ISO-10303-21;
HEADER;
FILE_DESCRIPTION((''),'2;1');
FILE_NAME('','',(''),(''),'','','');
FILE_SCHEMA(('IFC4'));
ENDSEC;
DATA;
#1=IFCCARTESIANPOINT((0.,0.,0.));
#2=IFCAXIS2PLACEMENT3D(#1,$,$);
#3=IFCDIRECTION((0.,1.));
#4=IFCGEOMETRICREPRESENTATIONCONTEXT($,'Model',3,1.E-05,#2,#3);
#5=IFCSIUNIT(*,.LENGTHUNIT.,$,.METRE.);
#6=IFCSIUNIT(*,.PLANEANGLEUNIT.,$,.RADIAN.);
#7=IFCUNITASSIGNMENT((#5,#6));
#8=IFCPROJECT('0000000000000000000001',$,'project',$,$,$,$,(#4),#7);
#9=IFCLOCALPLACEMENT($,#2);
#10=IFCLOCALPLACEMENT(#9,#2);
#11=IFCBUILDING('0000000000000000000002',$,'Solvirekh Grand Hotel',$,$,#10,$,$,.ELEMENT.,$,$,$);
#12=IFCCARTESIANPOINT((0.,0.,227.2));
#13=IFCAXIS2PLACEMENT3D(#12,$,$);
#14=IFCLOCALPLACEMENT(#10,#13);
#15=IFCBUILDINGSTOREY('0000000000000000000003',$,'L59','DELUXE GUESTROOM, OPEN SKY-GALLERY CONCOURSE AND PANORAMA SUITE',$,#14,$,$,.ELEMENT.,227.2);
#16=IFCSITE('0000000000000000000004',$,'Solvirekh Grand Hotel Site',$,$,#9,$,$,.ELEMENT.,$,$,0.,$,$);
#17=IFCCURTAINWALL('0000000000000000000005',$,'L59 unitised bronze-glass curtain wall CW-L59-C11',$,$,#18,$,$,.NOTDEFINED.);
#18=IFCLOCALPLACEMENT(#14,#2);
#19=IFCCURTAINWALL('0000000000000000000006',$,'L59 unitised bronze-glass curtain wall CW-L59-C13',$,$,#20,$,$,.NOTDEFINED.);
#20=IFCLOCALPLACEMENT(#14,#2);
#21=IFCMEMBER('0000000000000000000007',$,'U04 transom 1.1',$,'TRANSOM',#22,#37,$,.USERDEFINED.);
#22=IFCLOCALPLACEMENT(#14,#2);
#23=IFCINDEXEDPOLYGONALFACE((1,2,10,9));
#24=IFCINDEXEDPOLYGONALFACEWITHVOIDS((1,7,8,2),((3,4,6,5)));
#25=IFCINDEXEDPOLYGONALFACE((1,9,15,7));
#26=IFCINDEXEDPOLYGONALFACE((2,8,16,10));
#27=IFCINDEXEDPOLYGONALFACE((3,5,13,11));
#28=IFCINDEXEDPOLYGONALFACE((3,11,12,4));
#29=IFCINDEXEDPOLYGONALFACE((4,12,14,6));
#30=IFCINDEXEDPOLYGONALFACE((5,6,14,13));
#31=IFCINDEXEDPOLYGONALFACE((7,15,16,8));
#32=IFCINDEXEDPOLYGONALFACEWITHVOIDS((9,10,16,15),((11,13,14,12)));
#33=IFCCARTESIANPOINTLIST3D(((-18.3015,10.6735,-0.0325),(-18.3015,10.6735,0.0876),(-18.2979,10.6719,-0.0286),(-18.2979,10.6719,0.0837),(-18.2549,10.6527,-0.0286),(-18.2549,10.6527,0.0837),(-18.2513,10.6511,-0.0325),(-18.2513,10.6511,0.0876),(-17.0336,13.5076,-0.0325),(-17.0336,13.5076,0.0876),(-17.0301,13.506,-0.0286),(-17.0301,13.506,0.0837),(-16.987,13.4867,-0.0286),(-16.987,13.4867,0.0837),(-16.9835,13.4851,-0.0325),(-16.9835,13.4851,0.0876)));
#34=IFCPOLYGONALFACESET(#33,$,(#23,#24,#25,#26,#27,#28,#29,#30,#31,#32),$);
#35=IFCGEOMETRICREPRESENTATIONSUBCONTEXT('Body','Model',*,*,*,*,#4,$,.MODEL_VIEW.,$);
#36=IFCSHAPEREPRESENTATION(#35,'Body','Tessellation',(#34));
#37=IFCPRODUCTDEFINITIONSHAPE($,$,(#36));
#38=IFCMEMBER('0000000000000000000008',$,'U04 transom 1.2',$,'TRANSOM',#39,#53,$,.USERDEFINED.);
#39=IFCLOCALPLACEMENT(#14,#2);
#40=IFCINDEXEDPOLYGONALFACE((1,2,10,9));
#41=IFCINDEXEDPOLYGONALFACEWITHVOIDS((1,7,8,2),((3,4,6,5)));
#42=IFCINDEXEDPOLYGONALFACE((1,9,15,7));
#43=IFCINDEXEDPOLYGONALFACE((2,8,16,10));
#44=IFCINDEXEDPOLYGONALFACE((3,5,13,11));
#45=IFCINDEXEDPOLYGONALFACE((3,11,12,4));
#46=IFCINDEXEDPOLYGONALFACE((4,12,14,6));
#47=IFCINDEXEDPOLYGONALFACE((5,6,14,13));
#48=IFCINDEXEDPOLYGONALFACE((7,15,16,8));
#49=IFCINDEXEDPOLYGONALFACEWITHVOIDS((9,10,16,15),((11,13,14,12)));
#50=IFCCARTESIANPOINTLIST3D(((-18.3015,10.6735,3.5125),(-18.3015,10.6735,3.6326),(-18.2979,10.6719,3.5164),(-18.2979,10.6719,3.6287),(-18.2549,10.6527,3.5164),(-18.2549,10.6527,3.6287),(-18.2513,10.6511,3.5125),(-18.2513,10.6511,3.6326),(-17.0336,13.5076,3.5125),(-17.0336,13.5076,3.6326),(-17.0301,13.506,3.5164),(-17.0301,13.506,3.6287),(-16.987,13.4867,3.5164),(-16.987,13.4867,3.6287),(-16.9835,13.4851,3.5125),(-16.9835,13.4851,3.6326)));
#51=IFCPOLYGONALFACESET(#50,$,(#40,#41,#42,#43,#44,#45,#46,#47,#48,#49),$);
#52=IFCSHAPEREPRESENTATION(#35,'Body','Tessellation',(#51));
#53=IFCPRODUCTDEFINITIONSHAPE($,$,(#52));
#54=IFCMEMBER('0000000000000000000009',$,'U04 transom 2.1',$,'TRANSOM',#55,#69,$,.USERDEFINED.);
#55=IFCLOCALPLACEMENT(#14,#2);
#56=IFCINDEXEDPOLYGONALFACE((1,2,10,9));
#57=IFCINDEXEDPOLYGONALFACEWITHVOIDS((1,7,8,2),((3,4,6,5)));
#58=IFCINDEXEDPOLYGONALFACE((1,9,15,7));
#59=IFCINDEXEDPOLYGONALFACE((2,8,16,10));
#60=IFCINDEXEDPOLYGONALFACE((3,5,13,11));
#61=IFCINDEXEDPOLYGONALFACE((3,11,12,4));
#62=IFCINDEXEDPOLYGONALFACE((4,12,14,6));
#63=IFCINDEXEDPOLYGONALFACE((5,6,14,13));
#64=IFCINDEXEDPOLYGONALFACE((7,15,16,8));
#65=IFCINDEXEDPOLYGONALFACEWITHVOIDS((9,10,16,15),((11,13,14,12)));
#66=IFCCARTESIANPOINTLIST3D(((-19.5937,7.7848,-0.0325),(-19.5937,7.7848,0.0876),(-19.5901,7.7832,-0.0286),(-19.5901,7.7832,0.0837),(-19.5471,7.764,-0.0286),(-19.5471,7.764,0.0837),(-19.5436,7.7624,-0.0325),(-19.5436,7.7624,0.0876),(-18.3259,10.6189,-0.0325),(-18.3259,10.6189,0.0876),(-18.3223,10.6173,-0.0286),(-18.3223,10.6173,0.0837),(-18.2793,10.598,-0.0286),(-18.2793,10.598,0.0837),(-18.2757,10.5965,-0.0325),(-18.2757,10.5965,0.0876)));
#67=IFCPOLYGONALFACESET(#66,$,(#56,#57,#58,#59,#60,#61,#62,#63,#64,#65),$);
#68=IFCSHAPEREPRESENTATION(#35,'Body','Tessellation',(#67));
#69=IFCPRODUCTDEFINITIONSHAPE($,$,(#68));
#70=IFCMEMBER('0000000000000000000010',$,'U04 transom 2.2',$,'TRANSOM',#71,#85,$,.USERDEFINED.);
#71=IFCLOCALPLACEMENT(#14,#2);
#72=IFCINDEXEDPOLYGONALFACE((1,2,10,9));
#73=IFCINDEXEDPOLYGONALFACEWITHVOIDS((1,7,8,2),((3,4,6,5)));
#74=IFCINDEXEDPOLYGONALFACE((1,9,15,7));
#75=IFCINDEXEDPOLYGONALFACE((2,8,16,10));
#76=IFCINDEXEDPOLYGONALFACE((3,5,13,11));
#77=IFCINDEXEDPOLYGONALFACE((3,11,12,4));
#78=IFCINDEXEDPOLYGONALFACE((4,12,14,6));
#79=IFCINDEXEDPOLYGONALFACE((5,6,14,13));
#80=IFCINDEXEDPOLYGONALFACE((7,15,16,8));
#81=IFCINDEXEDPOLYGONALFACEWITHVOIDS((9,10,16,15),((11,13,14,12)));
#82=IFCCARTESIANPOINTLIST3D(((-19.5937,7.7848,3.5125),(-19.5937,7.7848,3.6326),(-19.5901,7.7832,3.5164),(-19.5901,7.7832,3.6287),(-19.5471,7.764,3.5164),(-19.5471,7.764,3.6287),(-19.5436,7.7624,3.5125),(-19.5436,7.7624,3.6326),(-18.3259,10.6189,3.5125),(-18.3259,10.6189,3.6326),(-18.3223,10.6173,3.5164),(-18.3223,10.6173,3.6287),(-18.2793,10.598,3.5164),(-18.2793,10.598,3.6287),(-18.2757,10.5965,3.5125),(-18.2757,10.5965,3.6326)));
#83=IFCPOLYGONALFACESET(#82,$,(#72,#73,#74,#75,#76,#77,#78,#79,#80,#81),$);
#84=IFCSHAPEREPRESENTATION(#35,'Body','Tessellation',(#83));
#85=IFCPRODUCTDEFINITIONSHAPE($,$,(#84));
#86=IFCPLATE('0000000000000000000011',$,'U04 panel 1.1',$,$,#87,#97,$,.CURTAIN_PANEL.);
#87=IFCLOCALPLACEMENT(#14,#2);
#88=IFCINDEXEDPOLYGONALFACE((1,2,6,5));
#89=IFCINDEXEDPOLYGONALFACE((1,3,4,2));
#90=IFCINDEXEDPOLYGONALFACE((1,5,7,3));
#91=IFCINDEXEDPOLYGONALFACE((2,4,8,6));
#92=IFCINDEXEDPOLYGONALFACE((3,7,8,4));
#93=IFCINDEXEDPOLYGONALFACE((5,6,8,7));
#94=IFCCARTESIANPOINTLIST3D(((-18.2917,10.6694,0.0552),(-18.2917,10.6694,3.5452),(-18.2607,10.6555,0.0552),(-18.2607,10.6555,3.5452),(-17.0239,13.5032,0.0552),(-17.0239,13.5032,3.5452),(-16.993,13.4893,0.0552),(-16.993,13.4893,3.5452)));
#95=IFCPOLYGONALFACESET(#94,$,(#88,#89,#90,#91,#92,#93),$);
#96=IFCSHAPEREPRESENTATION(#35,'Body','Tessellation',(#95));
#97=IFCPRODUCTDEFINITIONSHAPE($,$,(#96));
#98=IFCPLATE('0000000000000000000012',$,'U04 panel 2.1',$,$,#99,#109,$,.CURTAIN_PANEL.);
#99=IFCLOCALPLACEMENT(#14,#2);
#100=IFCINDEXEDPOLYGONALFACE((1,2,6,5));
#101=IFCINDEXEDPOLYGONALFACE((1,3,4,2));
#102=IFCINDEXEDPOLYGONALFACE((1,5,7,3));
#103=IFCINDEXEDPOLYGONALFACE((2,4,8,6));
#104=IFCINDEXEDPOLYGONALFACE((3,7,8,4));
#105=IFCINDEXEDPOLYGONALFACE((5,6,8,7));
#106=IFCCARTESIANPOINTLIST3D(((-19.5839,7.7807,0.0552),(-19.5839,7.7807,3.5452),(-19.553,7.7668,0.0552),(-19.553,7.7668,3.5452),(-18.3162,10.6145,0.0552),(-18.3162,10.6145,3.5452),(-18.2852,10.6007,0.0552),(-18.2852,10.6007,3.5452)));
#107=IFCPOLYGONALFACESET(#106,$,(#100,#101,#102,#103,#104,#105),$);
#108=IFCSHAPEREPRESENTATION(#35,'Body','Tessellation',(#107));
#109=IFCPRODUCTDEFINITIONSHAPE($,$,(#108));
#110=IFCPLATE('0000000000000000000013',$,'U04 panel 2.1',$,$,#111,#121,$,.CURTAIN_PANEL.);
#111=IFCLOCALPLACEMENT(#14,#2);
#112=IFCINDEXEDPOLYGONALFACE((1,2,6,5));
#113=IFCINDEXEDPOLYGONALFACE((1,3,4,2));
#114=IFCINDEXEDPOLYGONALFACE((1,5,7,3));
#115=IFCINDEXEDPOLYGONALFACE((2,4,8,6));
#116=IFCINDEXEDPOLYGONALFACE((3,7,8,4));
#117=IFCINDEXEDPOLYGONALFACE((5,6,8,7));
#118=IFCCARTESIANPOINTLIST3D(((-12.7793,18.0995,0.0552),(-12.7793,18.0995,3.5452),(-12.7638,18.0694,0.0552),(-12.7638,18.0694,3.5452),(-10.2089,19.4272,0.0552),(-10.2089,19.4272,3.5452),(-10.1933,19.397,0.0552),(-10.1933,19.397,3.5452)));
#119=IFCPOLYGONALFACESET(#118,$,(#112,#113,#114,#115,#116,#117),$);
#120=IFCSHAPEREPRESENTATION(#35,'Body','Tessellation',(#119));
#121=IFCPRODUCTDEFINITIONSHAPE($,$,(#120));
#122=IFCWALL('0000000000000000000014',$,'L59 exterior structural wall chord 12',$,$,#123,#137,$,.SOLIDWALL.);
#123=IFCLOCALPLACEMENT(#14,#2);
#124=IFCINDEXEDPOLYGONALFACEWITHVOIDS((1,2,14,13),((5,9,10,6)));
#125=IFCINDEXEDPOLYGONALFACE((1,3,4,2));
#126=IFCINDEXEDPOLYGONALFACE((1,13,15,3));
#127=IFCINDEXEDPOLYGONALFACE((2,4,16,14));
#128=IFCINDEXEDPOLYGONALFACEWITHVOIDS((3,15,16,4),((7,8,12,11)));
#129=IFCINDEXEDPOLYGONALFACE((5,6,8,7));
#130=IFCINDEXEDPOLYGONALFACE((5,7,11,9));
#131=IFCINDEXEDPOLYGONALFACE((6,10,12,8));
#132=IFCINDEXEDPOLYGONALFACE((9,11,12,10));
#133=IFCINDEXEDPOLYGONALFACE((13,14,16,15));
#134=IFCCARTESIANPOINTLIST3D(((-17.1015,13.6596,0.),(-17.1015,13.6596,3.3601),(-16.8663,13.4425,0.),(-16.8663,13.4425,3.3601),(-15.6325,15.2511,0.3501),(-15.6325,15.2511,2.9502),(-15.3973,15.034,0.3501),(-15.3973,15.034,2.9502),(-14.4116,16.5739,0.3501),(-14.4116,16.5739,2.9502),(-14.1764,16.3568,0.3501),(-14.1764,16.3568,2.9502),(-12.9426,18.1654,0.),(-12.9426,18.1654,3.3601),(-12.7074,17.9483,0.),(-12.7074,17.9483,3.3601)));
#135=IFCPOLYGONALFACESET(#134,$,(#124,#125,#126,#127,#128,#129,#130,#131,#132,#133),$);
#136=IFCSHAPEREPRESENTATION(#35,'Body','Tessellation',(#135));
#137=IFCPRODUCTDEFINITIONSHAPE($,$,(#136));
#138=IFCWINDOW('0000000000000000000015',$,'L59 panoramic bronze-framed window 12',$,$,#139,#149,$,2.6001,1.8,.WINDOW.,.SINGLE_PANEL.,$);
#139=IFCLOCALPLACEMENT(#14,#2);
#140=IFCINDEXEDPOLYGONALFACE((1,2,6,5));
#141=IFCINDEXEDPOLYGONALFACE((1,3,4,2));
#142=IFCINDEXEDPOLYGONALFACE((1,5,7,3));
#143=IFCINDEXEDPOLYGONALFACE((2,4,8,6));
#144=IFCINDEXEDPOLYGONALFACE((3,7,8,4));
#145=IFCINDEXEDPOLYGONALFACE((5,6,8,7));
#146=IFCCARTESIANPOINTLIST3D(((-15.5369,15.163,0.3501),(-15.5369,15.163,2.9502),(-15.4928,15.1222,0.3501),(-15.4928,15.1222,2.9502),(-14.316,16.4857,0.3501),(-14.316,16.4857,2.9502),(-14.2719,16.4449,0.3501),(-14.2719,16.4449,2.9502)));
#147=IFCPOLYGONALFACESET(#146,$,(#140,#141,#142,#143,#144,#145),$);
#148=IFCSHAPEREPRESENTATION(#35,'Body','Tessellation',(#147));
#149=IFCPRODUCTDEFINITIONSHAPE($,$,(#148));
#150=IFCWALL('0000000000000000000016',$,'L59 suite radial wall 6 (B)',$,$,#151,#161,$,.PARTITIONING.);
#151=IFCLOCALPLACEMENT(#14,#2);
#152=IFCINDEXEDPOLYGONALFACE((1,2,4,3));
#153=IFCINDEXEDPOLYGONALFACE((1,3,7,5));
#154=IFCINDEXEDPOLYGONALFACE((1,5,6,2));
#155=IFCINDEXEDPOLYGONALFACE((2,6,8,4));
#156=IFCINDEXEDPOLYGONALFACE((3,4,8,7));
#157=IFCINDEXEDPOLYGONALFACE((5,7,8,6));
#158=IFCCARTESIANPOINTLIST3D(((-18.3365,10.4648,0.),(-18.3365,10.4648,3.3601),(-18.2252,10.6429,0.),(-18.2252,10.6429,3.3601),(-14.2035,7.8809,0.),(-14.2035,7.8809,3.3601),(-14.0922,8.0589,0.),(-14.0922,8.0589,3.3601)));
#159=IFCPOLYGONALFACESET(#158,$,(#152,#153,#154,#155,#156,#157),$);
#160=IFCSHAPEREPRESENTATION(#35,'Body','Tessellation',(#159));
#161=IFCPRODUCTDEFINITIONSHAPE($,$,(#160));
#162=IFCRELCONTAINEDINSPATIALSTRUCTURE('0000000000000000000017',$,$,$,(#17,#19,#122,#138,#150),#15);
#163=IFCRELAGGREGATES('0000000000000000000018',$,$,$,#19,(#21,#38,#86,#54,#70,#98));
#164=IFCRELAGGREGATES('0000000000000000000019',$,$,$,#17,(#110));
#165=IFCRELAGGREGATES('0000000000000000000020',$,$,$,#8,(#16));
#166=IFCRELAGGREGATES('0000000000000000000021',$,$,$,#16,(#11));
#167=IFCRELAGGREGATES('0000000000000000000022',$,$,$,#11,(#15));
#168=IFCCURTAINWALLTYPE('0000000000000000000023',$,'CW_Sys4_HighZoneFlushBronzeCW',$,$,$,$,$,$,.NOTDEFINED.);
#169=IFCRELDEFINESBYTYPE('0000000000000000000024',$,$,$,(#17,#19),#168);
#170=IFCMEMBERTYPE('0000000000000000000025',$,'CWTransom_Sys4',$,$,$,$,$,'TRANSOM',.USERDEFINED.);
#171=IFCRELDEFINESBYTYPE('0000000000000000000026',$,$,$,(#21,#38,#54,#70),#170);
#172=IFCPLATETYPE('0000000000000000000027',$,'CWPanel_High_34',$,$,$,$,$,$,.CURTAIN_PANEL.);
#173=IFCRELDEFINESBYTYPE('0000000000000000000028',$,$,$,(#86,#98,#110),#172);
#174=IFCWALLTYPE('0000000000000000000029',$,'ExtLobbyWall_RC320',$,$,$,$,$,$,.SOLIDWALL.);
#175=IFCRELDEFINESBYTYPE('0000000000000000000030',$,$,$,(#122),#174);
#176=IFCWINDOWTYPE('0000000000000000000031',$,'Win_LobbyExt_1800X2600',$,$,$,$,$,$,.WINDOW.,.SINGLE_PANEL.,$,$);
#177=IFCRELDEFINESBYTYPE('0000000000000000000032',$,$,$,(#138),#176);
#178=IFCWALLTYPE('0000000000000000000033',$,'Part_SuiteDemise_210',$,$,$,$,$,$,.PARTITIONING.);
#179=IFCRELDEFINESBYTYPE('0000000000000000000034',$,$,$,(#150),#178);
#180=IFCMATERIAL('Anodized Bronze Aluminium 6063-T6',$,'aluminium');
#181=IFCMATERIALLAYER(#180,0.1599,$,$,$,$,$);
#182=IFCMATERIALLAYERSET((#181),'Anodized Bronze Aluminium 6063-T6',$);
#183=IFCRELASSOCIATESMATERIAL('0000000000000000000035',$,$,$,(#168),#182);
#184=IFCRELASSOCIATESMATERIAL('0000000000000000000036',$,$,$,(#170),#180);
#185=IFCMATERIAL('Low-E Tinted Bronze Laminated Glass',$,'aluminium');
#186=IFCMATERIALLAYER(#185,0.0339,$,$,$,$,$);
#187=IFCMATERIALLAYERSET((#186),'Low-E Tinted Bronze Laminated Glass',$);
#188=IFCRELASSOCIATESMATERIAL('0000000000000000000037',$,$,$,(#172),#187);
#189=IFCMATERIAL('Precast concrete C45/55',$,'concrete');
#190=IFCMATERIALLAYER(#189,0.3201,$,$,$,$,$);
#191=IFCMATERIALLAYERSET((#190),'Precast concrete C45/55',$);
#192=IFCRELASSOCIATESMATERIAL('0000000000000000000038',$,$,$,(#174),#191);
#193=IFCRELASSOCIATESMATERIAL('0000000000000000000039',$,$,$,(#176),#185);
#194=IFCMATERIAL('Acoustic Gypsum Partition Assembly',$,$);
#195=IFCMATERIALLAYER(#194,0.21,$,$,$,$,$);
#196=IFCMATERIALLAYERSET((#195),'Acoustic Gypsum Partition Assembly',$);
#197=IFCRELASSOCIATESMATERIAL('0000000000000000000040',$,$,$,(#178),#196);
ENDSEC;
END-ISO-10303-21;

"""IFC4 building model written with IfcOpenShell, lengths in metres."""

from ifc_helpers import new_model, si_unit, direction, frame, frame_2d, origin, origin_2d, place, context, subcontext, project, spatial, rectangle, hollow_rectangle, extrude, source, transform, mapped, material, layer, layer_set, material_profile, profile_set, type_object, element, fill, aggregate, save


model = new_model("IFC4")

# Units and contexts
model_context = context("Model", 3, precision=1e-05, world=origin(), true_north=direction((0.0, 1.0)))
body_context = subcontext(model_context, "Body", "Model", "MODEL_VIEW")
ifc_project = project(units=[si_unit("LENGTHUNIT", "METRE"), si_unit("PLANEANGLEUNIT", "RADIAN")], contexts=[model_context])

# Site, building, storey
site_placement = place(None, origin())
site = spatial("IfcSite", under=ifc_project, at=site_placement, Name="Solvirekh Grand Hotel Site", CompositionType="ELEMENT", RefElevation=0.0)
building_placement = place(site_placement, origin())
building = spatial("IfcBuilding", under=site, at=building_placement, Name="Solvirekh Grand Hotel", CompositionType="ELEMENT")
storey_placement = place(building_placement, frame((0.0, 0.0, 227.2)))
storey = spatial("IfcBuildingStorey", under=building, at=storey_placement, Name="L59", Description="DELUXE GUESTROOM, OPEN SKY-GALLERY CONCOURSE AND PANORAMA SUITE", CompositionType="ELEMENT", Elevation=227.2)

# Curtain wall
ifc_material_1 = material(Name="Anodized Bronze Aluminium 6063-T6", Category="aluminium")
ifc_layer_1 = layer(ifc_material_1, 0.1599)
ifc_layer_set_1 = layer_set([ifc_layer_1], Name="Anodized Bronze Aluminium 6063-T6")
curtain_wall_type = type_object("IfcCurtainWallType", Name="CW_Sys4_HighZoneFlushBronzeCW", PredefinedType="NOTDEFINED", material=ifc_layer_set_1)
curtain_wall_1_placement = place(storey_placement, origin())
curtain_wall_1 = element("IfcCurtainWall", 1, at=curtain_wall_1_placement, inside=storey, type_object=curtain_wall_type, Name="L59 unitised bronze-glass curtain wall CW-L59-C11", PredefinedType="NOTDEFINED")

# Curtain wall
curtain_wall_2_placement = place(storey_placement, origin())
curtain_wall_2 = element("IfcCurtainWall", 2, at=curtain_wall_2_placement, inside=storey, type_object=curtain_wall_type, Name="L59 unitised bronze-glass curtain wall CW-L59-C13", PredefinedType="NOTDEFINED")

# Members
ifc_material_profile_1 = material_profile(ifc_material_1, hollow_rectangle(XDim=0.0549, YDim=0.1201, WallThickness=0.0039, at=origin_2d()), Name="ALU RHS 120X55X4")
ifc_profile_set_1 = profile_set([ifc_material_profile_1], Name="Anodized Bronze Aluminium 6063-T6")
member_type_1 = type_object("IfcMemberType", Name="CWTransom_Sys4", ElementType="TRANSOM", PredefinedType="USERDEFINED", material=ifc_profile_set_1)
shared_shape_1 = source(origin(), body_context, "Body", "SweptSolid", [
    extrude(hollow_rectangle(XDim=0.0549, YDim=0.1201, WallThickness=0.0039, at=origin_2d()), origin(), (0.0, 0.0, 1.0), 3.1047),
])
member_1_placement = place(storey_placement, frame((-17.0085, 13.4963, 0.0276), z_axis=(-0.408363, -0.91282, 0.0), x_axis=(0.91282, -0.408363, 0.0)))
member_1 = element("IfcMember", 3, at=member_1_placement, type_object=member_type_1, Name="U04 transom 1.1", ObjectType="TRANSOM", PredefinedType="USERDEFINED", context=body_context, shape_type="MappedRepresentation", body=[
    mapped(shared_shape_1, transform((0.0, 0.0, 0.0), x_axis=(1.0, 0.0, 0.0), y_axis=(0.0, 1.0, 0.0), z_axis=(0.0, 0.0, 1.0), scale=1.0)),
])
member_2_placement = place(storey_placement, frame((-17.0085, 13.4963, 3.5725), z_axis=(-0.408363, -0.91282, 0.0), x_axis=(0.91282, -0.408363, 0.0)))
member_2 = element("IfcMember", 4, at=member_2_placement, type_object=member_type_1, Name="U04 transom 1.2", ObjectType="TRANSOM", PredefinedType="USERDEFINED", context=body_context, shape_type="MappedRepresentation", body=[
    mapped(shared_shape_1, transform((0.0, 0.0, 0.0), x_axis=(1.0, 0.0, 0.0), y_axis=(0.0, 1.0, 0.0), z_axis=(0.0, 0.0, 1.0), scale=1.0)),
])
member_3_placement = place(storey_placement, frame((-18.3008, 10.6077, 0.0276), z_axis=(-0.408363, -0.91282, 0.0), x_axis=(0.91282, -0.408363, 0.0)))
member_3 = element("IfcMember", 5, at=member_3_placement, type_object=member_type_1, Name="U04 transom 2.1", ObjectType="TRANSOM", PredefinedType="USERDEFINED", context=body_context, shape_type="MappedRepresentation", body=[
    mapped(shared_shape_1, transform((0.0, 0.0, 0.0), x_axis=(1.0, 0.0, 0.0), y_axis=(0.0, 1.0, 0.0), z_axis=(0.0, 0.0, 1.0), scale=1.0)),
])
member_4_placement = place(storey_placement, frame((-18.3008, 10.6077, 3.5725), z_axis=(-0.408363, -0.91282, 0.0), x_axis=(0.91282, -0.408363, 0.0)))
member_4 = element("IfcMember", 6, at=member_4_placement, type_object=member_type_1, Name="U04 transom 2.2", ObjectType="TRANSOM", PredefinedType="USERDEFINED", context=body_context, shape_type="MappedRepresentation", body=[
    mapped(shared_shape_1, transform((0.0, 0.0, 0.0), x_axis=(1.0, 0.0, 0.0), y_axis=(0.0, 1.0, 0.0), z_axis=(0.0, 0.0, 1.0), scale=1.0)),
])

# Plates
ifc_material_2 = material(Name="Low-E Tinted Bronze Laminated Glass", Category="aluminium")
ifc_layer_2 = layer(ifc_material_2, 0.0339)
ifc_layer_set_2 = layer_set([ifc_layer_2], Name="Low-E Tinted Bronze Laminated Glass")
plate_type = type_object("IfcPlateType", Name="CWPanel_High_34", PredefinedType="CURTAIN_PANEL", material=ifc_layer_set_2)
shared_shape_2 = source(origin(), body_context, "Body", "SweptSolid", [
    extrude(rectangle(XDim=3.1045, YDim=0.0339, at=origin_2d()), origin(), (0.0, 0.0, 1.0), 3.49),
])
plate_1_placement = place(storey_placement, frame((-17.6423, 12.0793, 0.0552), z_axis=(0.0, 0.0, 1.0), x_axis=(-0.408359, -0.912821, 0.0)))
plate_1 = element("IfcPlate", 7, at=plate_1_placement, type_object=plate_type, Name="U04 panel 1.1", PredefinedType="CURTAIN_PANEL", context=body_context, shape_type="MappedRepresentation", body=[
    mapped(shared_shape_2, transform((0.0, 0.0, 0.0), x_axis=(1.0, 0.0, 0.0), y_axis=(0.0, 1.0, 0.0), z_axis=(0.0, 0.0, 1.0), scale=1.0)),
])
plate_2_placement = place(storey_placement, frame((-18.9346, 9.1907, 0.0552), z_axis=(0.0, 0.0, 1.0), x_axis=(-0.408359, -0.912821, 0.0)))
plate_2 = element("IfcPlate", 8, at=plate_2_placement, type_object=plate_type, Name="U04 panel 2.1", PredefinedType="CURTAIN_PANEL", context=body_context, shape_type="MappedRepresentation", body=[
    mapped(shared_shape_2, transform((0.0, 0.0, 0.0), x_axis=(1.0, 0.0, 0.0), y_axis=(0.0, 1.0, 0.0), z_axis=(0.0, 0.0, 1.0), scale=1.0)),
])
aggregate(curtain_wall_2, [member_1, member_2, plate_1, member_3, member_4, plate_2])
shared_shape_3 = source(origin(), body_context, "Body", "SweptSolid", [
    extrude(rectangle(XDim=2.8931, YDim=0.0339, at=origin_2d()), origin(), (0.0, 0.0, 1.0), 3.49),
])
plate_3_placement = place(storey_placement, frame((-11.4863, 18.7483, 0.0552), z_axis=(0.0, 0.0, 1.0), x_axis=(-0.888484, -0.458908, 0.0)))
plate_3 = element("IfcPlate", 9, at=plate_3_placement, type_object=plate_type, Name="U04 panel 2.1", PredefinedType="CURTAIN_PANEL", context=body_context, shape_type="MappedRepresentation", body=[
    mapped(shared_shape_3, transform((0.0, 0.0, 0.0), x_axis=(1.0, 0.0, 0.0), y_axis=(0.0, 1.0, 0.0), z_axis=(0.0, 0.0, 1.0), scale=1.0)),
])
aggregate(curtain_wall_1, [plate_3])

# Wall, opening, window
ifc_material_3 = material(Name="Precast concrete C45/55", Category="concrete")
ifc_layer_3 = layer(ifc_material_3, 0.3201)
ifc_layer_set_3 = layer_set([ifc_layer_3], Name="Precast concrete C45/55")
wall_type_1 = type_object("IfcWallType", Name="ExtLobbyWall_RC320", PredefinedType="SOLIDWALL", material=ifc_layer_set_3)
wall_1_placement = place(storey_placement, frame((-16.9839, 13.551, 0.0), z_axis=(0.0, 0.0, 1.0), x_axis=(0.678252, 0.734829, 0.0)))
wall_1 = element("IfcWall", 10, at=wall_1_placement, inside=storey, type_object=wall_type_1, Name="L59 exterior structural wall chord 12", PredefinedType="SOLIDWALL", context=body_context, shape_type="SweptSolid", body=[
    extrude(rectangle(XDim=6.1318, YDim=0.3201, at=frame_2d((3.0659, 0.0))), origin(), (0.0, 0.0, 1.0), 3.3601),
])
opening_placement = place(wall_1_placement, frame((2.166, 0.0, 0.3501)))
opening = element("IfcOpeningElement", 11, at=opening_placement, cuts=wall_1, PredefinedType="OPENING", context=body_context, shape_type="SweptSolid", body=[
    extrude(rectangle(XDim=1.8, YDim=2.6001, at=frame_2d((0.8999, 1.3))), frame((0.0, 0.1699, 0.0), z_axis=(0.0, -1.0, 0.0), x_axis=(1.0, 0.0, 0.0)), (0.0, 0.0, 1.0), 0.3401),
])
window_type = type_object("IfcWindowType", Name="Win_LobbyExt_1800X2600", PartitioningType="SINGLE_PANEL", PredefinedType="WINDOW", material=ifc_material_2)
window_placement = place(opening_placement, origin())
window = element("IfcWindow", 12, at=window_placement, inside=storey, type_object=window_type, Name="L59 panoramic bronze-framed window 12", OverallHeight=2.6001, OverallWidth=1.8, PartitioningType="SINGLE_PANEL", PredefinedType="WINDOW", context=body_context, shape_type="SweptSolid", body=[
    extrude(rectangle(XDim=1.8, YDim=2.6001, at=frame_2d((0.8999, 1.3))), frame((0.0, 0.03, 0.0), z_axis=(0.0, -1.0, 0.0), x_axis=(1.0, 0.0, 0.0)), (0.0, 0.0, 1.0), 0.0601),
])
fill(opening, window)

# Wall
ifc_material_4 = material(Name="Acoustic Gypsum Partition Assembly")
ifc_layer_4 = layer(ifc_material_4, 0.21)
ifc_layer_set_4 = layer_set([ifc_layer_4], Name="Acoustic Gypsum Partition Assembly")
wall_type_2 = type_object("IfcWallType", Name="Part_SuiteDemise_210", PredefinedType="PARTITIONING", material=ifc_layer_set_4)
wall_2_placement = place(storey_placement, frame((-14.1479, 7.97, 0.0), z_axis=(0.0, 0.0, 1.0), x_axis=(-0.847922, 0.53012, 0.0)))
element("IfcWall", 13, at=wall_2_placement, inside=storey, type_object=wall_type_2, Name="L59 suite radial wall 6 (B)", PredefinedType="PARTITIONING", context=body_context, shape_type="SweptSolid", body=[
    extrude(rectangle(XDim=4.8743, YDim=0.21, at=frame_2d((2.437, 0.0))), origin(), (0.0, 0.0, 1.0), 3.3601),
])

save(model, "model.ifc")
